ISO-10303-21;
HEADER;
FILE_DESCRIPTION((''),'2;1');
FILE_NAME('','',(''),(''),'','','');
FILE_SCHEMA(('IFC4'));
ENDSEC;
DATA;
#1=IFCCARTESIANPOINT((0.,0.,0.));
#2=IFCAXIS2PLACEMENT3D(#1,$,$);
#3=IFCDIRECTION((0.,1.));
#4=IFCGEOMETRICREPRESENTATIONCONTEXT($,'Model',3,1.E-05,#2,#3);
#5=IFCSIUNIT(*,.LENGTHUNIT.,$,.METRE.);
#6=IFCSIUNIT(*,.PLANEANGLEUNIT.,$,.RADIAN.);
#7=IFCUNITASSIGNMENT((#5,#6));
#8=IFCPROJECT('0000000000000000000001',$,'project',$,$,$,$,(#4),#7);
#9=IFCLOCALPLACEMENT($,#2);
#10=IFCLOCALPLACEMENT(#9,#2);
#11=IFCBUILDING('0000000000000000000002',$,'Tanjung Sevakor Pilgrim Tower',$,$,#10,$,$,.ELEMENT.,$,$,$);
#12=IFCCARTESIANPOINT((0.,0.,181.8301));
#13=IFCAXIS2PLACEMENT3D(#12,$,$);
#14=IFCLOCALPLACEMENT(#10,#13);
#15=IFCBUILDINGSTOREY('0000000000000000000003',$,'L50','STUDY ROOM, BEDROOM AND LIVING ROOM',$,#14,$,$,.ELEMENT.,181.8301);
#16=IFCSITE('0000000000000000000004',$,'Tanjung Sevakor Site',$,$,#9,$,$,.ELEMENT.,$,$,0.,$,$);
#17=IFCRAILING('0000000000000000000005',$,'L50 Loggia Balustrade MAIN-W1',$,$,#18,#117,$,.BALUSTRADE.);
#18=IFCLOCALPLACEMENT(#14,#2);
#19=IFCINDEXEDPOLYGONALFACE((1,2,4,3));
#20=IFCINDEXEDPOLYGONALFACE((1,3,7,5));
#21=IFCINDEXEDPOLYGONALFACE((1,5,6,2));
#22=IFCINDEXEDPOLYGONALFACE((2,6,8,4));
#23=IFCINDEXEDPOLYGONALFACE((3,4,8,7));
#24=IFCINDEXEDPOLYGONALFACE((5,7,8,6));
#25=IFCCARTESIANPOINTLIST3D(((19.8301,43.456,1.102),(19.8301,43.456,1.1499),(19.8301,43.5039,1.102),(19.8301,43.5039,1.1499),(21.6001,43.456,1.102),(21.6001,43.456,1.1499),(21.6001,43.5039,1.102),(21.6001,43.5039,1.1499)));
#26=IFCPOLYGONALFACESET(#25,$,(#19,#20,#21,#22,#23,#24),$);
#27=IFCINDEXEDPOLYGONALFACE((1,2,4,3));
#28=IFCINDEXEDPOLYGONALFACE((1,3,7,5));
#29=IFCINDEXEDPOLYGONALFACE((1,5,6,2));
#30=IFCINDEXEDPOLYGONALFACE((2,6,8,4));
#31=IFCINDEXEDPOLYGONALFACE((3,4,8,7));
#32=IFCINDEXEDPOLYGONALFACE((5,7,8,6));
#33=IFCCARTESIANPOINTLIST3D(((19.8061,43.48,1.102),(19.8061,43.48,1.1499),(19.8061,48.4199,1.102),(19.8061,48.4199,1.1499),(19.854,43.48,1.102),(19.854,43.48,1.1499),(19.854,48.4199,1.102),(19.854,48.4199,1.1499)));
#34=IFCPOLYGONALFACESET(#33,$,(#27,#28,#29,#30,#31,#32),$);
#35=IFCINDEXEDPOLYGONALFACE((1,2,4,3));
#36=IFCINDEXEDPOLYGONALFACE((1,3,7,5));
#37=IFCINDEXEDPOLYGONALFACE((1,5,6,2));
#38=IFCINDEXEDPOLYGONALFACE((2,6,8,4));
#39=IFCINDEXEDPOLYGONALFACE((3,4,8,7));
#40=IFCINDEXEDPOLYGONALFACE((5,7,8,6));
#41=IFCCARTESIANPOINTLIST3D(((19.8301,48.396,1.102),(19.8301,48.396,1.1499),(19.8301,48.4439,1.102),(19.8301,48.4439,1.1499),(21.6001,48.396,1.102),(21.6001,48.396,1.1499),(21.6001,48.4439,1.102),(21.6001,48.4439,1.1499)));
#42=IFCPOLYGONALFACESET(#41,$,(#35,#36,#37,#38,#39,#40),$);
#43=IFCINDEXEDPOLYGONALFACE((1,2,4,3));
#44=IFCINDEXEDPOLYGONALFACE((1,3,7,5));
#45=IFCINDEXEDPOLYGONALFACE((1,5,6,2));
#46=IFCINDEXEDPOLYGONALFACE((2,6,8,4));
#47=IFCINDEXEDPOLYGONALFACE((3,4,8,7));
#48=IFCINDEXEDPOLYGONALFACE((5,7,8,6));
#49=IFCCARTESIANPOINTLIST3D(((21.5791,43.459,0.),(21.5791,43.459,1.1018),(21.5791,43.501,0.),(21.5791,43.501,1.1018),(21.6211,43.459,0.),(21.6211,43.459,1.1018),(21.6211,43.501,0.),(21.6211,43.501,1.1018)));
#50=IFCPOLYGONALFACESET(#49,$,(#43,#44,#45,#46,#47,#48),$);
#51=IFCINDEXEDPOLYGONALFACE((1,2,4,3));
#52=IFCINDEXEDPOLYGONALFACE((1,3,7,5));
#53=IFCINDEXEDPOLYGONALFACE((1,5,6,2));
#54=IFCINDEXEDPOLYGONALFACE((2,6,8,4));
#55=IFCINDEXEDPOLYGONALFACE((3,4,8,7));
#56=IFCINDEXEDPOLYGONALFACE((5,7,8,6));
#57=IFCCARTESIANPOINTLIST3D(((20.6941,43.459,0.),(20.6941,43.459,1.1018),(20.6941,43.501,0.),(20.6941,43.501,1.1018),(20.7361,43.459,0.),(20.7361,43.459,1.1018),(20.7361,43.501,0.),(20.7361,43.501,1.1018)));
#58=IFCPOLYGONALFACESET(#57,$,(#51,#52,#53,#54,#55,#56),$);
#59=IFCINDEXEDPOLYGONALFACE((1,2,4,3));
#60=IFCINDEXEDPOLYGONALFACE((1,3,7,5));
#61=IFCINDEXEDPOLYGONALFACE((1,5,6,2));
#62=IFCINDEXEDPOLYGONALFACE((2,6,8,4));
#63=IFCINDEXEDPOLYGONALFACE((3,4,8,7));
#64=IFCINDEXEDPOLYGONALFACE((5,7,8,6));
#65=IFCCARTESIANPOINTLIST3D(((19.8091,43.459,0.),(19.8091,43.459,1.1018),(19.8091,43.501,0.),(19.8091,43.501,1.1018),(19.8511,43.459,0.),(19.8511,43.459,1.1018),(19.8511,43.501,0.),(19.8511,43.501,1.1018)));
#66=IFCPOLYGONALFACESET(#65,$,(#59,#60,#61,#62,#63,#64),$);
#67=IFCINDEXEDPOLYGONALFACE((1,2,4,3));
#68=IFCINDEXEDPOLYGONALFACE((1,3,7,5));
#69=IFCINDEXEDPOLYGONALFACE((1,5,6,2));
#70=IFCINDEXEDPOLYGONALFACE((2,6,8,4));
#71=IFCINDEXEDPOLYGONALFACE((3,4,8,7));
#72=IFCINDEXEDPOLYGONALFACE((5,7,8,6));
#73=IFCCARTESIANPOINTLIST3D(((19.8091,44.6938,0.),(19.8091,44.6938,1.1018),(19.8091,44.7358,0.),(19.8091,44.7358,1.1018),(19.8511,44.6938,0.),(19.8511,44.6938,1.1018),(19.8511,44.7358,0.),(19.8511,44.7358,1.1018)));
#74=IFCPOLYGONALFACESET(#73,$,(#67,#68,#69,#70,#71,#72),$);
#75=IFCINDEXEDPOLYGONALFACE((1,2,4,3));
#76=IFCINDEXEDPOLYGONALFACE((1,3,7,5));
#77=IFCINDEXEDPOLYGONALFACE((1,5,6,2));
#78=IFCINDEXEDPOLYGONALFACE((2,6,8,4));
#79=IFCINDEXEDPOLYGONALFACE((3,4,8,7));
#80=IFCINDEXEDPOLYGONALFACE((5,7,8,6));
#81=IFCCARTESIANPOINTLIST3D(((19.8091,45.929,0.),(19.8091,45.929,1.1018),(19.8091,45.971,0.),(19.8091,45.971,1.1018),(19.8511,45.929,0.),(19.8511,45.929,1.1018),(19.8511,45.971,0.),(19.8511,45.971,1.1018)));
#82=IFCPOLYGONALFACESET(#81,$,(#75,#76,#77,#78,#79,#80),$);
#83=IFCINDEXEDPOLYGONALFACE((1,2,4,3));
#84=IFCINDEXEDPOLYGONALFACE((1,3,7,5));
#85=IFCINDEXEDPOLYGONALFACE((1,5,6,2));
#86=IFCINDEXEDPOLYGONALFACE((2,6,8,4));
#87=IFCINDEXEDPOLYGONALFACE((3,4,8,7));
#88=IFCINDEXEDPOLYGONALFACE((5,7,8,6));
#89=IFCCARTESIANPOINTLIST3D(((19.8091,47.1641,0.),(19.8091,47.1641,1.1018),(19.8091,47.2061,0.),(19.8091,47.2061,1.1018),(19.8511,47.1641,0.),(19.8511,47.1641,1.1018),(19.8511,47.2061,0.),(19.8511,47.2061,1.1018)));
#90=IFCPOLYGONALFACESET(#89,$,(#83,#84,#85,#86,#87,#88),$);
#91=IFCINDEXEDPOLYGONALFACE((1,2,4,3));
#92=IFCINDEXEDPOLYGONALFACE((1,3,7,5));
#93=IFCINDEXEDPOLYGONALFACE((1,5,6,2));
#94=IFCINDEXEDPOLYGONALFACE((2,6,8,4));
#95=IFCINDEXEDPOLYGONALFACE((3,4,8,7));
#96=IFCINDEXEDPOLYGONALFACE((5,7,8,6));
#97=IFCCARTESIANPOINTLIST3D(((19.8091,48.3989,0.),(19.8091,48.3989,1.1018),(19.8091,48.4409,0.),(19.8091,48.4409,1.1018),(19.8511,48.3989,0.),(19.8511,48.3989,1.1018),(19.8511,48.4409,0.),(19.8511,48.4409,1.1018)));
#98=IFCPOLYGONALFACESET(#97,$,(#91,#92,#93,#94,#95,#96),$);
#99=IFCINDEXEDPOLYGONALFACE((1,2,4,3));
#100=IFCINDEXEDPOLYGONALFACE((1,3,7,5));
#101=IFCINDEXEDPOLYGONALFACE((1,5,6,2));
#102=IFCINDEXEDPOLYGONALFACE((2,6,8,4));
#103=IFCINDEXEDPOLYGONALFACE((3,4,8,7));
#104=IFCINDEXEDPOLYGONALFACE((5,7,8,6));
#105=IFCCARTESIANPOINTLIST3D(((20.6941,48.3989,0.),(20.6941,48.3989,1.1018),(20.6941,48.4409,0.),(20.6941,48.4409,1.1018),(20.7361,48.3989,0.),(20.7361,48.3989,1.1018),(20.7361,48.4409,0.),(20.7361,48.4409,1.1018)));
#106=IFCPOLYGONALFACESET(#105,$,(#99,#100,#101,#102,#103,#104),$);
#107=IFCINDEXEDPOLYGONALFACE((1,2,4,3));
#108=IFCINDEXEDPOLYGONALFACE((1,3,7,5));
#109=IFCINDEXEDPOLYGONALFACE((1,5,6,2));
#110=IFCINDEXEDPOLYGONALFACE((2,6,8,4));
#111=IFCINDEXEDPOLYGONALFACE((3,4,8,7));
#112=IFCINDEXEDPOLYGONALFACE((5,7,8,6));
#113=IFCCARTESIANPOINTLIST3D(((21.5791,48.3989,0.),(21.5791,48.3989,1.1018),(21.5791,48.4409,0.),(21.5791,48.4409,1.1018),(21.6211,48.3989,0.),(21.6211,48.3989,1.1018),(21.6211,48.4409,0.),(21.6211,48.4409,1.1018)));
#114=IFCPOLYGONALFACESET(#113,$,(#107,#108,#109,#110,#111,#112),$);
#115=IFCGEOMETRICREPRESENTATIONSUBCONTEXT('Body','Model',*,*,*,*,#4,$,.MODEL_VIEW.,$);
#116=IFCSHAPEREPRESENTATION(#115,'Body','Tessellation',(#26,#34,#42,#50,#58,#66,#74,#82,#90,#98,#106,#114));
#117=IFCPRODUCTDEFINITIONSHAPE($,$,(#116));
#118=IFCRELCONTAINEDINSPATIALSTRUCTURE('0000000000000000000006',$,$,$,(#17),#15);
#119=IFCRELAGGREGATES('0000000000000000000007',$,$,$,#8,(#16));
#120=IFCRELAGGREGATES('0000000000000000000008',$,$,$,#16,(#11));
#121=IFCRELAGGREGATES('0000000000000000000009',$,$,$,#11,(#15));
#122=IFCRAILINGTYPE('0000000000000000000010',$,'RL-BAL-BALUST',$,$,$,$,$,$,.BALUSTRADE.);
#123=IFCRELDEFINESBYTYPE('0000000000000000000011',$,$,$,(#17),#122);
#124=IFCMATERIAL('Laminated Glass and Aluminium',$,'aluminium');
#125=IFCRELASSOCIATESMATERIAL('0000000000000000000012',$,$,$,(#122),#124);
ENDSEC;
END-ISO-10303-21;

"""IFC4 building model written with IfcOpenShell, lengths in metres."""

from ifc_helpers import new_model, si_unit, direction, frame, origin, place, context, subcontext, project, spatial, rectangle, extrude, material, type_object, element, save


model = new_model("IFC4")

# Units and contexts
model_context = context("Model", 3, precision=1e-05, world=origin(), true_north=direction((0.0, 1.0)))
body_context = subcontext(model_context, "Body", "Model", "MODEL_VIEW")
ifc_project = project(units=[si_unit("LENGTHUNIT", "METRE"), si_unit("PLANEANGLEUNIT", "RADIAN")], contexts=[model_context])

# Site, building, storey
site_placement = place(None, origin())
site = spatial("IfcSite", under=ifc_project, at=site_placement, Name="Tanjung Sevakor Site", CompositionType="ELEMENT", RefElevation=0.0)
building_placement = place(site_placement, origin())
building = spatial("IfcBuilding", under=site, at=building_placement, Name="Tanjung Sevakor Pilgrim Tower", CompositionType="ELEMENT")
storey_placement = place(building_placement, frame((0.0, 0.0, 181.8301)))
storey = spatial("IfcBuildingStorey", under=building, at=storey_placement, Name="L50", Description="STUDY ROOM, BEDROOM AND LIVING ROOM", CompositionType="ELEMENT", Elevation=181.8301)

# Railing
ifc_material_1 = material(Name="Laminated Glass and Aluminium", Category="aluminium")
railing_type = type_object("IfcRailingType", Name="RL-BAL-BALUST", PredefinedType="BALUSTRADE", material=ifc_material_1)
railing_placement = place(storey_placement, frame((21.6001, 43.48, 0.0)))
element("IfcRailing", 1, at=railing_placement, inside=storey, type_object=railing_type, Name="L50 Loggia Balustrade MAIN-W1", PredefinedType="BALUSTRADE", context=body_context, shape_type="SweptSolid", body=[
    extrude(rectangle(XDim=0.0479, YDim=0.0479), frame((0.0, 0.0, 1.126), z_axis=(-1.0, 0.0, 0.0), x_axis=(0.0, -1.0, 0.0)), (0.0, 0.0, 1.0), 1.77),
    extrude(rectangle(XDim=0.0479, YDim=0.0479), frame((-1.77, 0.0, 1.126), z_axis=(0.0, 1.0, 0.0), x_axis=(-1.0, 0.0, 0.0)), (0.0, 0.0, 1.0), 4.9399),
    extrude(rectangle(XDim=0.0479, YDim=0.0479), frame((-1.77, 4.9399, 1.126), z_axis=(1.0, 0.0, 0.0), x_axis=(0.0, 1.0, 0.0)), (0.0, 0.0, 1.0), 1.77),
    extrude(rectangle(XDim=0.042, YDim=0.042), origin(), (0.0, 0.0, 1.0), 1.1018),
    extrude(rectangle(XDim=0.042, YDim=0.042), frame((-0.885, 0.0, 0.0)), (0.0, 0.0, 1.0), 1.1018),
    extrude(rectangle(XDim=0.042, YDim=0.042), frame((-1.77, 0.0, 0.0)), (0.0, 0.0, 1.0), 1.1018),
    extrude(rectangle(XDim=0.042, YDim=0.042), frame((-1.77, 1.2349, 0.0)), (0.0, 0.0, 1.0), 1.1018),
    extrude(rectangle(XDim=0.042, YDim=0.042), frame((-1.77, 2.47, 0.0)), (0.0, 0.0, 1.0), 1.1018),
    extrude(rectangle(XDim=0.042, YDim=0.042), frame((-1.77, 3.7051, 0.0)), (0.0, 0.0, 1.0), 1.1018),
    extrude(rectangle(XDim=0.042, YDim=0.042), frame((-1.77, 4.9399, 0.0)), (0.0, 0.0, 1.0), 1.1018),
    extrude(rectangle(XDim=0.042, YDim=0.042), frame((-0.885, 4.9399, 0.0)), (0.0, 0.0, 1.0), 1.1018),
    extrude(rectangle(XDim=0.042, YDim=0.042), frame((0.0, 4.9399, 0.0)), (0.0, 0.0, 1.0), 1.1018),
])

save(model, "model.ifc")
